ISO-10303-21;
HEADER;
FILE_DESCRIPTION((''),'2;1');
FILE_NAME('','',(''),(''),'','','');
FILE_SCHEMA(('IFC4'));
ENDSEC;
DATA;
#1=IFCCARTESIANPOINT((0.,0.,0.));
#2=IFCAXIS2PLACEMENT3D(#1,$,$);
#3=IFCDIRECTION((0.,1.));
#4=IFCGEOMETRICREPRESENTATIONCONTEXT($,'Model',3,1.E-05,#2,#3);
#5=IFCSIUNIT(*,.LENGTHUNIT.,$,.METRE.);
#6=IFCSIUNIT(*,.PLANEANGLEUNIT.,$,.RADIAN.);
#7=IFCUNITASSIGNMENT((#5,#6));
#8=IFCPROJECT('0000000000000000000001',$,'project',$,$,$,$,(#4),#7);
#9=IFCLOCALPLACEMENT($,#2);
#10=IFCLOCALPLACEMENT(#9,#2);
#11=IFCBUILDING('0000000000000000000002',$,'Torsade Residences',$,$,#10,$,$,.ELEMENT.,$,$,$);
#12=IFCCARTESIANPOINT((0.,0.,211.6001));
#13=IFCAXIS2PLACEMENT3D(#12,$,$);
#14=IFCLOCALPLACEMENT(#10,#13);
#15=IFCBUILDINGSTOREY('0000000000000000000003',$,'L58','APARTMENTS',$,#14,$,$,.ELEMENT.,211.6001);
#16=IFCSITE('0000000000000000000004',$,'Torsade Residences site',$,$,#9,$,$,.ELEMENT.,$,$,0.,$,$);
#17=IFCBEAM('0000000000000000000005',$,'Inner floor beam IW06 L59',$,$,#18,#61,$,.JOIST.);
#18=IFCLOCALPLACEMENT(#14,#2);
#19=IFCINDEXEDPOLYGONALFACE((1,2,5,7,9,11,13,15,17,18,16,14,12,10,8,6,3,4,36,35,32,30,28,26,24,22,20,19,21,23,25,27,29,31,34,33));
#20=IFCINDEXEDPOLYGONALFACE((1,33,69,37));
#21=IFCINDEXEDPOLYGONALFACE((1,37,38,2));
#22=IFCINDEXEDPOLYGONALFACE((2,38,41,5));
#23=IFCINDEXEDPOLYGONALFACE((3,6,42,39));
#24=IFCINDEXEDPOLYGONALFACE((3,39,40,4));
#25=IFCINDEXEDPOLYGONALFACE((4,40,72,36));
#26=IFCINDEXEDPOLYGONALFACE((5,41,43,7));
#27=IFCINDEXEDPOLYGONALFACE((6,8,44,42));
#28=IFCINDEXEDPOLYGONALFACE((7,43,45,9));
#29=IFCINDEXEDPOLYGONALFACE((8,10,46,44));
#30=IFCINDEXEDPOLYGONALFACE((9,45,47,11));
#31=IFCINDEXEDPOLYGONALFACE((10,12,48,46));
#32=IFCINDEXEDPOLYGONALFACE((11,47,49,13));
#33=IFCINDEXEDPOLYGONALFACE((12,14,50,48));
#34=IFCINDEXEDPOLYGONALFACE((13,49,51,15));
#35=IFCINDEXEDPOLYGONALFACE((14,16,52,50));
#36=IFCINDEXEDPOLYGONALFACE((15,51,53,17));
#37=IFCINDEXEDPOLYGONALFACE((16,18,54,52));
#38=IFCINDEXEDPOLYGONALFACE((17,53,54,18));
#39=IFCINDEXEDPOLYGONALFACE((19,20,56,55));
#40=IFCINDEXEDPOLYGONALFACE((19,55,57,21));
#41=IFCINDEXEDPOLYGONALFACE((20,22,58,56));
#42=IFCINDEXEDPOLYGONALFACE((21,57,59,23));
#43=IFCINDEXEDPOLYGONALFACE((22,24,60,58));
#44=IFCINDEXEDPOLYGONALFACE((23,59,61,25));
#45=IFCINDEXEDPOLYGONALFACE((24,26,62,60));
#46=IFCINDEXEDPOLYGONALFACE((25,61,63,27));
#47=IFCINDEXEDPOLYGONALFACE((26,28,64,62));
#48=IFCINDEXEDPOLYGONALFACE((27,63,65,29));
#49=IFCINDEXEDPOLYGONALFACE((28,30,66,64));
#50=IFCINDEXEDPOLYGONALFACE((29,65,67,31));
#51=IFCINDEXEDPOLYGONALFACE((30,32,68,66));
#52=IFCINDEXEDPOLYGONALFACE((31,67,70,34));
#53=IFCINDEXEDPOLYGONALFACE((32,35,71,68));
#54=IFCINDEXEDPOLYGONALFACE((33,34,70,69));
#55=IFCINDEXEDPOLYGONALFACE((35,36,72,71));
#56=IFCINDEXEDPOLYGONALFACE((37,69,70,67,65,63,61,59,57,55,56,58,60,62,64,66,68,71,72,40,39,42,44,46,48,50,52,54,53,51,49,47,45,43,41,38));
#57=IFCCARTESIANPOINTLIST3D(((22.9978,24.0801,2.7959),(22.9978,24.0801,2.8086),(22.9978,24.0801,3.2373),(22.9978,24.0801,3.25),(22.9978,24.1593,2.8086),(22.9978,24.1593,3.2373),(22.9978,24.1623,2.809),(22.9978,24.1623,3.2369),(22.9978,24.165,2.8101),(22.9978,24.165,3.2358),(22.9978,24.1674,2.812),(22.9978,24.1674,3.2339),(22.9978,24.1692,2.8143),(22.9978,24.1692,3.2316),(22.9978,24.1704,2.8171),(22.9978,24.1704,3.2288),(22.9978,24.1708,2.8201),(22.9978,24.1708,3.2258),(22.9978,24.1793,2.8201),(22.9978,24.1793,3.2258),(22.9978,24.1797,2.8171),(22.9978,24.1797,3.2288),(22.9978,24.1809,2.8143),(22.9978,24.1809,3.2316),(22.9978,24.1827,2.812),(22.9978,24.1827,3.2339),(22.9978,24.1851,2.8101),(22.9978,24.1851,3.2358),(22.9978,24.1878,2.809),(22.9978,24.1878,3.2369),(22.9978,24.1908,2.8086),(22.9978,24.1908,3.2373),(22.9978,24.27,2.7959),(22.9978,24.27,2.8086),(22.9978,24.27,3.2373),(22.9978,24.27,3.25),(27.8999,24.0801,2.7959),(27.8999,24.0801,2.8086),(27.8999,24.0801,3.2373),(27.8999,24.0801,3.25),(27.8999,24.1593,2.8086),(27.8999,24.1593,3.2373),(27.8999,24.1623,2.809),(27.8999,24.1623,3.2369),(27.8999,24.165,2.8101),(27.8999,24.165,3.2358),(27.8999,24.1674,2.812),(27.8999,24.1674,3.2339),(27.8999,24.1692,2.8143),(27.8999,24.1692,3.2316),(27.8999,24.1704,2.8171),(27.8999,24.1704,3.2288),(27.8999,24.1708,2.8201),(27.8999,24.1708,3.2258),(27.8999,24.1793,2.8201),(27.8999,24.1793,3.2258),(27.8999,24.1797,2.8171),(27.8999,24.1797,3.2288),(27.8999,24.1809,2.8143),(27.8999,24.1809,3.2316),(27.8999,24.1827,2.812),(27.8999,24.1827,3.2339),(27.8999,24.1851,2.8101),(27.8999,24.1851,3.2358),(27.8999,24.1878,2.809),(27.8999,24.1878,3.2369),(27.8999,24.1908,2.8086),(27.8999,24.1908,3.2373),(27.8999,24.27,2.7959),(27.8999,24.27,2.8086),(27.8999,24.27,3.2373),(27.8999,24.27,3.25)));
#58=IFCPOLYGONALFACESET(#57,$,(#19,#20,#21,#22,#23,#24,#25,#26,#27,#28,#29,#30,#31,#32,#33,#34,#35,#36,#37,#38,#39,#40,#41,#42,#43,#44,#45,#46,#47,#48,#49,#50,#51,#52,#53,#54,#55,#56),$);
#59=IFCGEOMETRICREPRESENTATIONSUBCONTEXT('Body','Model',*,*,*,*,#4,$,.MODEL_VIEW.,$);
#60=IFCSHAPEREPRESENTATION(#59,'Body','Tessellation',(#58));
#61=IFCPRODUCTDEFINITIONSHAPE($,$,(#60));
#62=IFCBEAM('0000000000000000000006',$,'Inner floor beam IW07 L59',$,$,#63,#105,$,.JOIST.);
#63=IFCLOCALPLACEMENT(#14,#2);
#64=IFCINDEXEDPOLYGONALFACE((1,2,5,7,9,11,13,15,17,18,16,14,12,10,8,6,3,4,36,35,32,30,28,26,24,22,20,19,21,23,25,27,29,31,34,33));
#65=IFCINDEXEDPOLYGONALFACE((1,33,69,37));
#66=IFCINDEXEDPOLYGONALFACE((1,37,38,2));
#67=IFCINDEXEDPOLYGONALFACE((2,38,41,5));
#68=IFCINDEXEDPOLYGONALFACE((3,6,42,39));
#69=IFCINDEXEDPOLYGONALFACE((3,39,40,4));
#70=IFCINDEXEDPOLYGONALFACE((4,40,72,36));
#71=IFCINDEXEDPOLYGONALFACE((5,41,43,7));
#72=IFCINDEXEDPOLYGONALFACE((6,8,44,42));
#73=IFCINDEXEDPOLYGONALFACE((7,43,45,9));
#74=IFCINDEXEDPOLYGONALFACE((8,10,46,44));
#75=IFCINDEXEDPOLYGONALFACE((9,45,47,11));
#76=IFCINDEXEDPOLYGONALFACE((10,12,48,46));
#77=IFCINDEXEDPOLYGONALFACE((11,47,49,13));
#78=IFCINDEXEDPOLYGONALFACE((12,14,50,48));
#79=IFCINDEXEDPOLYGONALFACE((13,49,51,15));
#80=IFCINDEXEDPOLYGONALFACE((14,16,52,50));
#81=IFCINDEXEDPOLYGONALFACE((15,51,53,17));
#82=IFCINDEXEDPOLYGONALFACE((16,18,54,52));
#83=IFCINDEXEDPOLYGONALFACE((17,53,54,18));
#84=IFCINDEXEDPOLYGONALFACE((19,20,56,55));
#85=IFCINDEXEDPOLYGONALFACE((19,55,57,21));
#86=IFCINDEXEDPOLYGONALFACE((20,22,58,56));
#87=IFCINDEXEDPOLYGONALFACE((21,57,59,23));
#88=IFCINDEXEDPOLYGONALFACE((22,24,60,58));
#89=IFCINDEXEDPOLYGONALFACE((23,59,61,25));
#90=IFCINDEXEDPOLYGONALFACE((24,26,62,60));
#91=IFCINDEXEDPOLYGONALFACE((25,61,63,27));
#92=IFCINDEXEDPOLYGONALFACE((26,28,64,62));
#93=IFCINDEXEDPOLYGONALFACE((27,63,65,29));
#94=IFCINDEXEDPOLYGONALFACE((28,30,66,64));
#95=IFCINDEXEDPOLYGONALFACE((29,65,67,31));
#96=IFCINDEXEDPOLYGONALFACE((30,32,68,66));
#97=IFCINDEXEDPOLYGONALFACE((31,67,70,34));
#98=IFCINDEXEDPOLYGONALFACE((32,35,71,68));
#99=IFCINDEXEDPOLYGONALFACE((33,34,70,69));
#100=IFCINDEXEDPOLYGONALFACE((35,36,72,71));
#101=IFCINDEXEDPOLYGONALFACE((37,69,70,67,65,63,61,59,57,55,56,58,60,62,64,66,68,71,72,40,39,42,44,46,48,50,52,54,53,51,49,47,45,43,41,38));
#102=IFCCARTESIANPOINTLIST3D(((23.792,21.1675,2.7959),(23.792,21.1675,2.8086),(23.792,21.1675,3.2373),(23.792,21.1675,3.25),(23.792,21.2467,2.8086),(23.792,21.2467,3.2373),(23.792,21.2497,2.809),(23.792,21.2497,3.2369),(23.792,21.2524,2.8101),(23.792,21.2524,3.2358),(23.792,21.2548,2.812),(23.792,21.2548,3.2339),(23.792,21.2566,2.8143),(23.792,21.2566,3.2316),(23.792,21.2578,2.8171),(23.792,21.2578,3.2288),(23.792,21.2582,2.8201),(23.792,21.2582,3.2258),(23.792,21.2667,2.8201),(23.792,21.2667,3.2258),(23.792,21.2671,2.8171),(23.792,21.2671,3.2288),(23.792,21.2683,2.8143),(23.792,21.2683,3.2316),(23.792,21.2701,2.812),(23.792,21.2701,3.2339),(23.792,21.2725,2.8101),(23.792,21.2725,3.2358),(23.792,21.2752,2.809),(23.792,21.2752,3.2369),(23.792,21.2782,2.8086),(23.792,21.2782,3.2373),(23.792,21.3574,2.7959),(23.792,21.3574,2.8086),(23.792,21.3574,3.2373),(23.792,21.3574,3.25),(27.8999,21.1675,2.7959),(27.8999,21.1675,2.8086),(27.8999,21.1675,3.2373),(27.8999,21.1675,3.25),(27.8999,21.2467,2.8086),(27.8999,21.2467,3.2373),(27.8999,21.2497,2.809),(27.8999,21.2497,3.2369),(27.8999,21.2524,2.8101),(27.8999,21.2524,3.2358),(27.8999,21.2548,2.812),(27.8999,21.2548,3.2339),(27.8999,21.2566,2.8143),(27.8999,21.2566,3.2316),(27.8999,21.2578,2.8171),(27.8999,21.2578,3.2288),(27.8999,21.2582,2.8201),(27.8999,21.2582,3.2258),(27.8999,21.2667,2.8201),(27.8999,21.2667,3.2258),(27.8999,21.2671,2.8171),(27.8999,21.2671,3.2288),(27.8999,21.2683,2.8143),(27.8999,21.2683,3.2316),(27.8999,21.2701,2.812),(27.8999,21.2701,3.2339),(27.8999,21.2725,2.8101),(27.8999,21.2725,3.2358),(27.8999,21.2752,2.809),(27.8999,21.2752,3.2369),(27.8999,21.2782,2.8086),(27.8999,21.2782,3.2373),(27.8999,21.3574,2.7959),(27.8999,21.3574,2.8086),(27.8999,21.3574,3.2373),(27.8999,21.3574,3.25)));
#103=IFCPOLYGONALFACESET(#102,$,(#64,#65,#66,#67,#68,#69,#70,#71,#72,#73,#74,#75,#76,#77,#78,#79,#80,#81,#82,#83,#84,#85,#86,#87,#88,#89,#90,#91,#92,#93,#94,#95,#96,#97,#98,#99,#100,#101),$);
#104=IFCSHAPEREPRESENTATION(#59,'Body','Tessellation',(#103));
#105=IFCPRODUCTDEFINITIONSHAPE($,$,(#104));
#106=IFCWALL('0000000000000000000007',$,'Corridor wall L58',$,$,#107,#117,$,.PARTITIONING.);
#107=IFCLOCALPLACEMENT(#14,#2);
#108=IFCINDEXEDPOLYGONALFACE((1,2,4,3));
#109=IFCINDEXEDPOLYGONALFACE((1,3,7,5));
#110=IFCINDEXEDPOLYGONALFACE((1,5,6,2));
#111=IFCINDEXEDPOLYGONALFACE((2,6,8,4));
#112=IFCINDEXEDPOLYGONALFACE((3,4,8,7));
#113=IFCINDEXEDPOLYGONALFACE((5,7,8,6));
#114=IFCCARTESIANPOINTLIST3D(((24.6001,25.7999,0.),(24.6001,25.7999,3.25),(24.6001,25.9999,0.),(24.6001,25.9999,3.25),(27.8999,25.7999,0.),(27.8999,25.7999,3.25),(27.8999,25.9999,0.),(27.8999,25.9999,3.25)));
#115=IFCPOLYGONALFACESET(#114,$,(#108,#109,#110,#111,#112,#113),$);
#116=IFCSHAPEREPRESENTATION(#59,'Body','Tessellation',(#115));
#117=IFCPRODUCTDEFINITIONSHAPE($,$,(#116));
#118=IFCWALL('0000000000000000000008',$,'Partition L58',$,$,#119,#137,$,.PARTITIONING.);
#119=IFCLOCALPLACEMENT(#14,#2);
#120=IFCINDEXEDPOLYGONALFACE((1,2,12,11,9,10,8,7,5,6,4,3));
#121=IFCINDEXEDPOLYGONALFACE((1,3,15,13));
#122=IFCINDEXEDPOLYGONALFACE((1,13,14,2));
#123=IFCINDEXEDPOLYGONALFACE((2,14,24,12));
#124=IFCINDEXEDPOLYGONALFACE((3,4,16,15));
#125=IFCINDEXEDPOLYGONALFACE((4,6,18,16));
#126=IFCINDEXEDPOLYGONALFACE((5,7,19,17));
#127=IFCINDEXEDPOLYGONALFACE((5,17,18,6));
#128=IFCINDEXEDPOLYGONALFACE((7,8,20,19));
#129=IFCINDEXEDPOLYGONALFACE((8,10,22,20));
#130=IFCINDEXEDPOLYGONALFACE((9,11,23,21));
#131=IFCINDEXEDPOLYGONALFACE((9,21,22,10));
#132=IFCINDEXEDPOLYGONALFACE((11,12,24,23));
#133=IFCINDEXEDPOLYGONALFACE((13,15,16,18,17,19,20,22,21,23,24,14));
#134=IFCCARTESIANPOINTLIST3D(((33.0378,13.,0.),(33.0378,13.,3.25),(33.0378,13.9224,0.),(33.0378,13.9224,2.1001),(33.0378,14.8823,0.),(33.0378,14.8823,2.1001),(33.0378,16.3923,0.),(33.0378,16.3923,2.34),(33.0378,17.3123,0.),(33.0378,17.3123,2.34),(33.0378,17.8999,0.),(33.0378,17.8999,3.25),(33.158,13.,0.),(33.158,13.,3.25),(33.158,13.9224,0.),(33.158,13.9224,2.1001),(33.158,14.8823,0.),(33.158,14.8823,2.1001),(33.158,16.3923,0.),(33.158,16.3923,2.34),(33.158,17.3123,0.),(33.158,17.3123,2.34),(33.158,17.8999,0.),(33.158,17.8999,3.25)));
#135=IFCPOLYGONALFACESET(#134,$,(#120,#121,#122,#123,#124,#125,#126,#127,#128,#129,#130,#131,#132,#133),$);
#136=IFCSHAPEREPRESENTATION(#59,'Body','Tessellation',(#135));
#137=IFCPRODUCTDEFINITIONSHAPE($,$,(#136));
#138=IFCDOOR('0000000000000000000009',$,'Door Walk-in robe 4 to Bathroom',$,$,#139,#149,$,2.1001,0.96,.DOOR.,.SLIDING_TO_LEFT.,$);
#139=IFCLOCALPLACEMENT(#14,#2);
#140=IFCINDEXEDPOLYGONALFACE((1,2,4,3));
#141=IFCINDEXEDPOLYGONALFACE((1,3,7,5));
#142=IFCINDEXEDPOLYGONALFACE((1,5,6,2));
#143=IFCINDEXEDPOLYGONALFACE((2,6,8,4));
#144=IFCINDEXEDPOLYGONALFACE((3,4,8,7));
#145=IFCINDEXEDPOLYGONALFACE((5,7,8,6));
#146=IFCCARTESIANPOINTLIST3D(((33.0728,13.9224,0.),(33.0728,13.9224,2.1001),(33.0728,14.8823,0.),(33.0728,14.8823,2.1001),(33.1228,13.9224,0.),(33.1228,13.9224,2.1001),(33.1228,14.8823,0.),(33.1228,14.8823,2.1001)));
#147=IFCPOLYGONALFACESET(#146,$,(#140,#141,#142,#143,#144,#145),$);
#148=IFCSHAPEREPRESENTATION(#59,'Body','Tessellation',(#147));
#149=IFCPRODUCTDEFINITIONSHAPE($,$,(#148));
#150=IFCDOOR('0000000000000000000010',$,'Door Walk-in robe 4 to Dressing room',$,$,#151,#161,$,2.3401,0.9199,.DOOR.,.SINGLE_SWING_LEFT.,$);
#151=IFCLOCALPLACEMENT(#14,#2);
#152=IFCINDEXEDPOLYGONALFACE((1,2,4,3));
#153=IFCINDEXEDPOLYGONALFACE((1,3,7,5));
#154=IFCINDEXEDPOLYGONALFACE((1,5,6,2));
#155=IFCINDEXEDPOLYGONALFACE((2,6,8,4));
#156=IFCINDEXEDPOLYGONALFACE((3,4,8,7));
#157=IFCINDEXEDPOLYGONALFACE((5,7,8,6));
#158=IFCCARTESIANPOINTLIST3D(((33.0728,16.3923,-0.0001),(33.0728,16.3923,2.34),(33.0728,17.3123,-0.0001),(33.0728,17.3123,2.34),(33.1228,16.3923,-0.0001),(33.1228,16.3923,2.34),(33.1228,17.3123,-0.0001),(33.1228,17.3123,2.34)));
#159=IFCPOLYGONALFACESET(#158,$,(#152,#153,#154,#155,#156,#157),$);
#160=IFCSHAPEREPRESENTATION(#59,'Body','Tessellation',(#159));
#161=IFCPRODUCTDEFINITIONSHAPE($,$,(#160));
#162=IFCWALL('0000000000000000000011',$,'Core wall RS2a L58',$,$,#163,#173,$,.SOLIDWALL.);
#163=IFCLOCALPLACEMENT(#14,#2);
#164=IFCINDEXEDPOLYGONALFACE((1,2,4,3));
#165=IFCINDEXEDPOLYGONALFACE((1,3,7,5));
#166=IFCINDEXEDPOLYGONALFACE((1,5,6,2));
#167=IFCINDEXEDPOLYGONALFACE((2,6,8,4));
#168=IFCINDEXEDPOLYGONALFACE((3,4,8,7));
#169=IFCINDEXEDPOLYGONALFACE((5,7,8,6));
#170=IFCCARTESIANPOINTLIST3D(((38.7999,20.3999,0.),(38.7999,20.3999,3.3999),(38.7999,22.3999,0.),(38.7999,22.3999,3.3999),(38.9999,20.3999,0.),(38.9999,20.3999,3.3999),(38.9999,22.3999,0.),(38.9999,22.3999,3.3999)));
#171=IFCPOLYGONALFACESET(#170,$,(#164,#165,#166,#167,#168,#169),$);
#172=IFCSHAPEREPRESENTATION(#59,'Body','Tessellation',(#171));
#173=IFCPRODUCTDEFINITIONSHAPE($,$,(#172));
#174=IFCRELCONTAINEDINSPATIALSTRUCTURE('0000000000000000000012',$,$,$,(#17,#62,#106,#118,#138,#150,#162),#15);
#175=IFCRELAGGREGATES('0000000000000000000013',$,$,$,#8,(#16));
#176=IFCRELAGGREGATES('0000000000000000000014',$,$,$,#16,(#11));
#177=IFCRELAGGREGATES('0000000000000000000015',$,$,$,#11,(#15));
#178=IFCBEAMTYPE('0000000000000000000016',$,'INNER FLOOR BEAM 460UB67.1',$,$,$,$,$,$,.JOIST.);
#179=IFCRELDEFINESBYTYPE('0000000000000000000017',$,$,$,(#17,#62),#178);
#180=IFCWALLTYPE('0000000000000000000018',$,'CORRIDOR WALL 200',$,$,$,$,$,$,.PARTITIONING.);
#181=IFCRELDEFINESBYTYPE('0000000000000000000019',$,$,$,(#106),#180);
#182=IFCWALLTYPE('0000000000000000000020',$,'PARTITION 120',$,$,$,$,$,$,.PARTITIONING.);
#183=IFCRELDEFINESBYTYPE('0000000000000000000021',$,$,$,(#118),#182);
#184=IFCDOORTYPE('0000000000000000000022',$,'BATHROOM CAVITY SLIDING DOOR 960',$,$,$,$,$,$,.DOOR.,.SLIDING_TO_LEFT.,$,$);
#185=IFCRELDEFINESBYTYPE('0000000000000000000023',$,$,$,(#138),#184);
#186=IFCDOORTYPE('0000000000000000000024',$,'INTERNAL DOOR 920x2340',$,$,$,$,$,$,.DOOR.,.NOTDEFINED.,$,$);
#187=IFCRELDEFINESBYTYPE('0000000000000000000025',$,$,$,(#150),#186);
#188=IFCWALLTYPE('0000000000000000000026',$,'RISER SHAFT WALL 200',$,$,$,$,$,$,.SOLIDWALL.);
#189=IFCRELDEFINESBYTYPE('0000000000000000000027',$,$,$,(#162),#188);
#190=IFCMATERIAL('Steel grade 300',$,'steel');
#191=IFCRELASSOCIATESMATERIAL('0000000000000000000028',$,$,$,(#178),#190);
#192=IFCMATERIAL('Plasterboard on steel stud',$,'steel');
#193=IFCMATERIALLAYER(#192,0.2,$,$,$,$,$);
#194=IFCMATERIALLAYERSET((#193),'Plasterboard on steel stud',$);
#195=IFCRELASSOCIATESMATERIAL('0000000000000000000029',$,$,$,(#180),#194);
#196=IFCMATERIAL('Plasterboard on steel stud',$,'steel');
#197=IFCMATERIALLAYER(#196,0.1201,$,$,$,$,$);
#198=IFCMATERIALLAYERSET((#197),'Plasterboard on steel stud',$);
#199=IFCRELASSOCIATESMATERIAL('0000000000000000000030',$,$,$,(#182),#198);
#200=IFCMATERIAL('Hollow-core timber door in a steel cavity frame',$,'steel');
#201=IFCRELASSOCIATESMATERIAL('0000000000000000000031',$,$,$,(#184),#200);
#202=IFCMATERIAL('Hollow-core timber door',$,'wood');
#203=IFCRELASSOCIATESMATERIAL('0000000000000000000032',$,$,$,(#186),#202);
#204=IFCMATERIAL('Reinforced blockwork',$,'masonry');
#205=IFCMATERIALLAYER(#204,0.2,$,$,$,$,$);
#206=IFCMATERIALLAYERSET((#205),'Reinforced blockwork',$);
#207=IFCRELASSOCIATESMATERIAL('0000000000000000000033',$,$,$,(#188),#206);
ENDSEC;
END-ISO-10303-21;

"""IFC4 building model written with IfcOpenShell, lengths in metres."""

from ifc_helpers import new_model, si_unit, direction, frame, frame_2d, origin, origin_2d, place, context, subcontext, project, spatial, rectangle, i_section, extrude, material, layer, layer_set, material_profile, profile_set, type_object, element, fill, save


model = new_model("IFC4")

# Units and contexts
model_context = context("Model", 3, precision=1e-05, world=origin(), true_north=direction((0.0, 1.0)))
body_context = subcontext(model_context, "Body", "Model", "MODEL_VIEW")
ifc_project = project(units=[si_unit("LENGTHUNIT", "METRE"), si_unit("PLANEANGLEUNIT", "RADIAN")], contexts=[model_context])

# Site, building, storey
site_placement = place(None, origin())
site = spatial("IfcSite", under=ifc_project, at=site_placement, Name="Torsade Residences site", CompositionType="ELEMENT", RefElevation=0.0)
building_placement = place(site_placement, origin())
building = spatial("IfcBuilding", under=site, at=building_placement, Name="Torsade Residences", CompositionType="ELEMENT")
storey_placement = place(building_placement, frame((0.0, 0.0, 211.6001)))
storey = spatial("IfcBuildingStorey", under=building, at=storey_placement, Name="L58", Description="APARTMENTS", CompositionType="ELEMENT", Elevation=211.6001)

# Beams
ifc_material_1 = material(Name="Steel grade 300", Category="steel")
ifc_material_profile_1 = material_profile(ifc_material_1, i_section(OverallWidth=0.1899, OverallDepth=0.4541, WebThickness=0.0085, FlangeThickness=0.0127, FilletRadius=0.0115, at=origin_2d()), Name="460UB67.1")
ifc_profile_set_1 = profile_set([ifc_material_profile_1], Name="Steel grade 300")
beam_type = type_object("IfcBeamType", Name="INNER FLOOR BEAM 460UB67.1", PredefinedType="JOIST", material=ifc_profile_set_1)
beam_1_placement = place(storey_placement, frame((27.8999, 24.175, 3.0229), z_axis=(-1.0, 0.0, 0.0), x_axis=(0.0, -1.0, 0.0)))
element("IfcBeam", 1, at=beam_1_placement, inside=storey, type_object=beam_type, Name="Inner floor beam IW06 L59", PredefinedType="JOIST", context=body_context, shape_type="SweptSolid", body=[
    extrude(i_section(OverallWidth=0.1899, OverallDepth=0.4541, WebThickness=0.0085, FlangeThickness=0.0127, FilletRadius=0.0115, at=origin_2d()), origin(), (0.0, 0.0, 1.0), 4.9021),
])
beam_2_placement = place(storey_placement, frame((27.8999, 21.2625, 3.0229), z_axis=(-1.0, 0.0, 0.0), x_axis=(0.0, -1.0, 0.0)))
element("IfcBeam", 2, at=beam_2_placement, inside=storey, type_object=beam_type, Name="Inner floor beam IW07 L59", PredefinedType="JOIST", context=body_context, shape_type="SweptSolid", body=[
    extrude(i_section(OverallWidth=0.1899, OverallDepth=0.4541, WebThickness=0.0085, FlangeThickness=0.0127, FilletRadius=0.0115, at=origin_2d()), origin(), (0.0, 0.0, 1.0), 4.1079),
])

# Wall
ifc_material_2 = material(Name="Plasterboard on steel stud", Category="steel")
ifc_layer_1 = layer(ifc_material_2, 0.2)
ifc_layer_set_1 = layer_set([ifc_layer_1], Name="Plasterboard on steel stud")
wall_type_1 = type_object("IfcWallType", Name="CORRIDOR WALL 200", PredefinedType="PARTITIONING", material=ifc_layer_set_1)
wall_1_placement = place(storey_placement, frame((27.8999, 25.8999, 0.0), z_axis=(0.0, 0.0, 1.0), x_axis=(-1.0, 0.0, 0.0)))
element("IfcWall", 3, at=wall_1_placement, inside=storey, type_object=wall_type_1, Name="Corridor wall L58", PredefinedType="PARTITIONING", context=body_context, shape_type="SweptSolid", body=[
    extrude(rectangle(XDim=3.2998, YDim=0.2, at=frame_2d((1.6499, 0.0))), origin(), (0.0, 0.0, 1.0), 3.25),
])

# Wall, openings, doors
ifc_material_3 = material(Name="Plasterboard on steel stud", Category="steel")
ifc_layer_2 = layer(ifc_material_3, 0.1201)
ifc_layer_set_2 = layer_set([ifc_layer_2], Name="Plasterboard on steel stud")
wall_type_2 = type_object("IfcWallType", Name="PARTITION 120", PredefinedType="PARTITIONING", material=ifc_layer_set_2)
wall_2_placement = place(storey_placement, frame((33.0979, 17.8999, 0.0), z_axis=(0.0, 0.0, 1.0), x_axis=(0.0, -1.0, 0.0)))
wall_2 = element("IfcWall", 4, at=wall_2_placement, inside=storey, type_object=wall_type_2, Name="Partition L58", PredefinedType="PARTITIONING", context=body_context, shape_type="SweptSolid", body=[
    extrude(rectangle(XDim=4.8999, YDim=0.1201, at=frame_2d((2.45, 0.0))), origin(), (0.0, 0.0, 1.0), 3.25),
])
opening_1_placement = place(wall_2_placement, frame((3.0176, 0.0, 0.0)))
opening_1 = element("IfcOpeningElement", 5, at=opening_1_placement, cuts=wall_2, PredefinedType="OPENING", context=body_context, shape_type="SweptSolid", body=[
    extrude(rectangle(XDim=0.96, YDim=2.1001, at=frame_2d((0.48, 1.05))), frame((0.0, 0.0701, 0.0), z_axis=(0.0, -1.0, 0.0), x_axis=(1.0, 0.0, 0.0)), (0.0, 0.0, 1.0), 0.1401),
])
opening_2_placement = place(wall_2_placement, frame((0.5876, 0.0, 0.0)))
opening_2 = element("IfcOpeningElement", 6, at=opening_2_placement, cuts=wall_2, PredefinedType="OPENING", context=body_context, shape_type="SweptSolid", body=[
    extrude(rectangle(XDim=0.9199, YDim=2.3401, at=frame_2d((0.46, 1.1699))), frame((0.0, 0.0701, 0.0), z_axis=(0.0, -1.0, 0.0), x_axis=(1.0, 0.0, 0.0)), (0.0, 0.0, 1.0), 0.1401),
])
ifc_material_4 = material(Name="Hollow-core timber door in a steel cavity frame", Category="steel")
door_type_1 = type_object("IfcDoorType", Name="BATHROOM CAVITY SLIDING DOOR 960", OperationType="SLIDING_TO_LEFT", PredefinedType="DOOR", material=ifc_material_4)
door_1_placement = place(opening_1_placement, origin())
door_1 = element("IfcDoor", 7, at=door_1_placement, inside=storey, type_object=door_type_1, Name="Door Walk-in robe 4 to Bathroom", OperationType="SLIDING_TO_LEFT", OverallHeight=2.1001, OverallWidth=0.96, PredefinedType="DOOR", context=body_context, shape_type="SweptSolid", body=[
    extrude(rectangle(XDim=0.96, YDim=2.1001, at=frame_2d((0.48, 1.05))), frame((0.0, 0.0249, 0.0), z_axis=(0.0, -1.0, 0.0), x_axis=(1.0, 0.0, 0.0)), (0.0, 0.0, 1.0), 0.05),
])
fill(opening_1, door_1)
ifc_material_5 = material(Name="Hollow-core timber door", Category="wood")
door_type_2 = type_object("IfcDoorType", Name="INTERNAL DOOR 920x2340", OperationType="NOTDEFINED", PredefinedType="DOOR", material=ifc_material_5)
door_2_placement = place(opening_2_placement, origin())
door_2 = element("IfcDoor", 8, at=door_2_placement, inside=storey, type_object=door_type_2, Name="Door Walk-in robe 4 to Dressing room", OperationType="SINGLE_SWING_LEFT", OverallHeight=2.3401, OverallWidth=0.9199, PredefinedType="DOOR", context=body_context, shape_type="SweptSolid", body=[
    extrude(rectangle(XDim=0.9199, YDim=2.3401, at=frame_2d((0.46, 1.1699))), frame((0.0, 0.0249, 0.0), z_axis=(0.0, -1.0, 0.0), x_axis=(1.0, 0.0, 0.0)), (0.0, 0.0, 1.0), 0.05),
])
fill(opening_2, door_2)

# Wall
ifc_material_6 = material(Name="Reinforced blockwork", Category="masonry")
ifc_layer_3 = layer(ifc_material_6, 0.2)
ifc_layer_set_3 = layer_set([ifc_layer_3], Name="Reinforced blockwork")
wall_type_3 = type_object("IfcWallType", Name="RISER SHAFT WALL 200", PredefinedType="SOLIDWALL", material=ifc_layer_set_3)
wall_3_placement = place(storey_placement, frame((38.8999, 22.3999, 0.0), z_axis=(0.0, 0.0, 1.0), x_axis=(0.0, -1.0, 0.0)))
element("IfcWall", 9, at=wall_3_placement, inside=storey, type_object=wall_type_3, Name="Core wall RS2a L58", PredefinedType="SOLIDWALL", context=body_context, shape_type="SweptSolid", body=[
    extrude(rectangle(XDim=2.0, YDim=0.2, at=frame_2d((1.0, 0.0))), origin(), (0.0, 0.0, 1.0), 3.3999),
])

save(model, "model.ifc")
